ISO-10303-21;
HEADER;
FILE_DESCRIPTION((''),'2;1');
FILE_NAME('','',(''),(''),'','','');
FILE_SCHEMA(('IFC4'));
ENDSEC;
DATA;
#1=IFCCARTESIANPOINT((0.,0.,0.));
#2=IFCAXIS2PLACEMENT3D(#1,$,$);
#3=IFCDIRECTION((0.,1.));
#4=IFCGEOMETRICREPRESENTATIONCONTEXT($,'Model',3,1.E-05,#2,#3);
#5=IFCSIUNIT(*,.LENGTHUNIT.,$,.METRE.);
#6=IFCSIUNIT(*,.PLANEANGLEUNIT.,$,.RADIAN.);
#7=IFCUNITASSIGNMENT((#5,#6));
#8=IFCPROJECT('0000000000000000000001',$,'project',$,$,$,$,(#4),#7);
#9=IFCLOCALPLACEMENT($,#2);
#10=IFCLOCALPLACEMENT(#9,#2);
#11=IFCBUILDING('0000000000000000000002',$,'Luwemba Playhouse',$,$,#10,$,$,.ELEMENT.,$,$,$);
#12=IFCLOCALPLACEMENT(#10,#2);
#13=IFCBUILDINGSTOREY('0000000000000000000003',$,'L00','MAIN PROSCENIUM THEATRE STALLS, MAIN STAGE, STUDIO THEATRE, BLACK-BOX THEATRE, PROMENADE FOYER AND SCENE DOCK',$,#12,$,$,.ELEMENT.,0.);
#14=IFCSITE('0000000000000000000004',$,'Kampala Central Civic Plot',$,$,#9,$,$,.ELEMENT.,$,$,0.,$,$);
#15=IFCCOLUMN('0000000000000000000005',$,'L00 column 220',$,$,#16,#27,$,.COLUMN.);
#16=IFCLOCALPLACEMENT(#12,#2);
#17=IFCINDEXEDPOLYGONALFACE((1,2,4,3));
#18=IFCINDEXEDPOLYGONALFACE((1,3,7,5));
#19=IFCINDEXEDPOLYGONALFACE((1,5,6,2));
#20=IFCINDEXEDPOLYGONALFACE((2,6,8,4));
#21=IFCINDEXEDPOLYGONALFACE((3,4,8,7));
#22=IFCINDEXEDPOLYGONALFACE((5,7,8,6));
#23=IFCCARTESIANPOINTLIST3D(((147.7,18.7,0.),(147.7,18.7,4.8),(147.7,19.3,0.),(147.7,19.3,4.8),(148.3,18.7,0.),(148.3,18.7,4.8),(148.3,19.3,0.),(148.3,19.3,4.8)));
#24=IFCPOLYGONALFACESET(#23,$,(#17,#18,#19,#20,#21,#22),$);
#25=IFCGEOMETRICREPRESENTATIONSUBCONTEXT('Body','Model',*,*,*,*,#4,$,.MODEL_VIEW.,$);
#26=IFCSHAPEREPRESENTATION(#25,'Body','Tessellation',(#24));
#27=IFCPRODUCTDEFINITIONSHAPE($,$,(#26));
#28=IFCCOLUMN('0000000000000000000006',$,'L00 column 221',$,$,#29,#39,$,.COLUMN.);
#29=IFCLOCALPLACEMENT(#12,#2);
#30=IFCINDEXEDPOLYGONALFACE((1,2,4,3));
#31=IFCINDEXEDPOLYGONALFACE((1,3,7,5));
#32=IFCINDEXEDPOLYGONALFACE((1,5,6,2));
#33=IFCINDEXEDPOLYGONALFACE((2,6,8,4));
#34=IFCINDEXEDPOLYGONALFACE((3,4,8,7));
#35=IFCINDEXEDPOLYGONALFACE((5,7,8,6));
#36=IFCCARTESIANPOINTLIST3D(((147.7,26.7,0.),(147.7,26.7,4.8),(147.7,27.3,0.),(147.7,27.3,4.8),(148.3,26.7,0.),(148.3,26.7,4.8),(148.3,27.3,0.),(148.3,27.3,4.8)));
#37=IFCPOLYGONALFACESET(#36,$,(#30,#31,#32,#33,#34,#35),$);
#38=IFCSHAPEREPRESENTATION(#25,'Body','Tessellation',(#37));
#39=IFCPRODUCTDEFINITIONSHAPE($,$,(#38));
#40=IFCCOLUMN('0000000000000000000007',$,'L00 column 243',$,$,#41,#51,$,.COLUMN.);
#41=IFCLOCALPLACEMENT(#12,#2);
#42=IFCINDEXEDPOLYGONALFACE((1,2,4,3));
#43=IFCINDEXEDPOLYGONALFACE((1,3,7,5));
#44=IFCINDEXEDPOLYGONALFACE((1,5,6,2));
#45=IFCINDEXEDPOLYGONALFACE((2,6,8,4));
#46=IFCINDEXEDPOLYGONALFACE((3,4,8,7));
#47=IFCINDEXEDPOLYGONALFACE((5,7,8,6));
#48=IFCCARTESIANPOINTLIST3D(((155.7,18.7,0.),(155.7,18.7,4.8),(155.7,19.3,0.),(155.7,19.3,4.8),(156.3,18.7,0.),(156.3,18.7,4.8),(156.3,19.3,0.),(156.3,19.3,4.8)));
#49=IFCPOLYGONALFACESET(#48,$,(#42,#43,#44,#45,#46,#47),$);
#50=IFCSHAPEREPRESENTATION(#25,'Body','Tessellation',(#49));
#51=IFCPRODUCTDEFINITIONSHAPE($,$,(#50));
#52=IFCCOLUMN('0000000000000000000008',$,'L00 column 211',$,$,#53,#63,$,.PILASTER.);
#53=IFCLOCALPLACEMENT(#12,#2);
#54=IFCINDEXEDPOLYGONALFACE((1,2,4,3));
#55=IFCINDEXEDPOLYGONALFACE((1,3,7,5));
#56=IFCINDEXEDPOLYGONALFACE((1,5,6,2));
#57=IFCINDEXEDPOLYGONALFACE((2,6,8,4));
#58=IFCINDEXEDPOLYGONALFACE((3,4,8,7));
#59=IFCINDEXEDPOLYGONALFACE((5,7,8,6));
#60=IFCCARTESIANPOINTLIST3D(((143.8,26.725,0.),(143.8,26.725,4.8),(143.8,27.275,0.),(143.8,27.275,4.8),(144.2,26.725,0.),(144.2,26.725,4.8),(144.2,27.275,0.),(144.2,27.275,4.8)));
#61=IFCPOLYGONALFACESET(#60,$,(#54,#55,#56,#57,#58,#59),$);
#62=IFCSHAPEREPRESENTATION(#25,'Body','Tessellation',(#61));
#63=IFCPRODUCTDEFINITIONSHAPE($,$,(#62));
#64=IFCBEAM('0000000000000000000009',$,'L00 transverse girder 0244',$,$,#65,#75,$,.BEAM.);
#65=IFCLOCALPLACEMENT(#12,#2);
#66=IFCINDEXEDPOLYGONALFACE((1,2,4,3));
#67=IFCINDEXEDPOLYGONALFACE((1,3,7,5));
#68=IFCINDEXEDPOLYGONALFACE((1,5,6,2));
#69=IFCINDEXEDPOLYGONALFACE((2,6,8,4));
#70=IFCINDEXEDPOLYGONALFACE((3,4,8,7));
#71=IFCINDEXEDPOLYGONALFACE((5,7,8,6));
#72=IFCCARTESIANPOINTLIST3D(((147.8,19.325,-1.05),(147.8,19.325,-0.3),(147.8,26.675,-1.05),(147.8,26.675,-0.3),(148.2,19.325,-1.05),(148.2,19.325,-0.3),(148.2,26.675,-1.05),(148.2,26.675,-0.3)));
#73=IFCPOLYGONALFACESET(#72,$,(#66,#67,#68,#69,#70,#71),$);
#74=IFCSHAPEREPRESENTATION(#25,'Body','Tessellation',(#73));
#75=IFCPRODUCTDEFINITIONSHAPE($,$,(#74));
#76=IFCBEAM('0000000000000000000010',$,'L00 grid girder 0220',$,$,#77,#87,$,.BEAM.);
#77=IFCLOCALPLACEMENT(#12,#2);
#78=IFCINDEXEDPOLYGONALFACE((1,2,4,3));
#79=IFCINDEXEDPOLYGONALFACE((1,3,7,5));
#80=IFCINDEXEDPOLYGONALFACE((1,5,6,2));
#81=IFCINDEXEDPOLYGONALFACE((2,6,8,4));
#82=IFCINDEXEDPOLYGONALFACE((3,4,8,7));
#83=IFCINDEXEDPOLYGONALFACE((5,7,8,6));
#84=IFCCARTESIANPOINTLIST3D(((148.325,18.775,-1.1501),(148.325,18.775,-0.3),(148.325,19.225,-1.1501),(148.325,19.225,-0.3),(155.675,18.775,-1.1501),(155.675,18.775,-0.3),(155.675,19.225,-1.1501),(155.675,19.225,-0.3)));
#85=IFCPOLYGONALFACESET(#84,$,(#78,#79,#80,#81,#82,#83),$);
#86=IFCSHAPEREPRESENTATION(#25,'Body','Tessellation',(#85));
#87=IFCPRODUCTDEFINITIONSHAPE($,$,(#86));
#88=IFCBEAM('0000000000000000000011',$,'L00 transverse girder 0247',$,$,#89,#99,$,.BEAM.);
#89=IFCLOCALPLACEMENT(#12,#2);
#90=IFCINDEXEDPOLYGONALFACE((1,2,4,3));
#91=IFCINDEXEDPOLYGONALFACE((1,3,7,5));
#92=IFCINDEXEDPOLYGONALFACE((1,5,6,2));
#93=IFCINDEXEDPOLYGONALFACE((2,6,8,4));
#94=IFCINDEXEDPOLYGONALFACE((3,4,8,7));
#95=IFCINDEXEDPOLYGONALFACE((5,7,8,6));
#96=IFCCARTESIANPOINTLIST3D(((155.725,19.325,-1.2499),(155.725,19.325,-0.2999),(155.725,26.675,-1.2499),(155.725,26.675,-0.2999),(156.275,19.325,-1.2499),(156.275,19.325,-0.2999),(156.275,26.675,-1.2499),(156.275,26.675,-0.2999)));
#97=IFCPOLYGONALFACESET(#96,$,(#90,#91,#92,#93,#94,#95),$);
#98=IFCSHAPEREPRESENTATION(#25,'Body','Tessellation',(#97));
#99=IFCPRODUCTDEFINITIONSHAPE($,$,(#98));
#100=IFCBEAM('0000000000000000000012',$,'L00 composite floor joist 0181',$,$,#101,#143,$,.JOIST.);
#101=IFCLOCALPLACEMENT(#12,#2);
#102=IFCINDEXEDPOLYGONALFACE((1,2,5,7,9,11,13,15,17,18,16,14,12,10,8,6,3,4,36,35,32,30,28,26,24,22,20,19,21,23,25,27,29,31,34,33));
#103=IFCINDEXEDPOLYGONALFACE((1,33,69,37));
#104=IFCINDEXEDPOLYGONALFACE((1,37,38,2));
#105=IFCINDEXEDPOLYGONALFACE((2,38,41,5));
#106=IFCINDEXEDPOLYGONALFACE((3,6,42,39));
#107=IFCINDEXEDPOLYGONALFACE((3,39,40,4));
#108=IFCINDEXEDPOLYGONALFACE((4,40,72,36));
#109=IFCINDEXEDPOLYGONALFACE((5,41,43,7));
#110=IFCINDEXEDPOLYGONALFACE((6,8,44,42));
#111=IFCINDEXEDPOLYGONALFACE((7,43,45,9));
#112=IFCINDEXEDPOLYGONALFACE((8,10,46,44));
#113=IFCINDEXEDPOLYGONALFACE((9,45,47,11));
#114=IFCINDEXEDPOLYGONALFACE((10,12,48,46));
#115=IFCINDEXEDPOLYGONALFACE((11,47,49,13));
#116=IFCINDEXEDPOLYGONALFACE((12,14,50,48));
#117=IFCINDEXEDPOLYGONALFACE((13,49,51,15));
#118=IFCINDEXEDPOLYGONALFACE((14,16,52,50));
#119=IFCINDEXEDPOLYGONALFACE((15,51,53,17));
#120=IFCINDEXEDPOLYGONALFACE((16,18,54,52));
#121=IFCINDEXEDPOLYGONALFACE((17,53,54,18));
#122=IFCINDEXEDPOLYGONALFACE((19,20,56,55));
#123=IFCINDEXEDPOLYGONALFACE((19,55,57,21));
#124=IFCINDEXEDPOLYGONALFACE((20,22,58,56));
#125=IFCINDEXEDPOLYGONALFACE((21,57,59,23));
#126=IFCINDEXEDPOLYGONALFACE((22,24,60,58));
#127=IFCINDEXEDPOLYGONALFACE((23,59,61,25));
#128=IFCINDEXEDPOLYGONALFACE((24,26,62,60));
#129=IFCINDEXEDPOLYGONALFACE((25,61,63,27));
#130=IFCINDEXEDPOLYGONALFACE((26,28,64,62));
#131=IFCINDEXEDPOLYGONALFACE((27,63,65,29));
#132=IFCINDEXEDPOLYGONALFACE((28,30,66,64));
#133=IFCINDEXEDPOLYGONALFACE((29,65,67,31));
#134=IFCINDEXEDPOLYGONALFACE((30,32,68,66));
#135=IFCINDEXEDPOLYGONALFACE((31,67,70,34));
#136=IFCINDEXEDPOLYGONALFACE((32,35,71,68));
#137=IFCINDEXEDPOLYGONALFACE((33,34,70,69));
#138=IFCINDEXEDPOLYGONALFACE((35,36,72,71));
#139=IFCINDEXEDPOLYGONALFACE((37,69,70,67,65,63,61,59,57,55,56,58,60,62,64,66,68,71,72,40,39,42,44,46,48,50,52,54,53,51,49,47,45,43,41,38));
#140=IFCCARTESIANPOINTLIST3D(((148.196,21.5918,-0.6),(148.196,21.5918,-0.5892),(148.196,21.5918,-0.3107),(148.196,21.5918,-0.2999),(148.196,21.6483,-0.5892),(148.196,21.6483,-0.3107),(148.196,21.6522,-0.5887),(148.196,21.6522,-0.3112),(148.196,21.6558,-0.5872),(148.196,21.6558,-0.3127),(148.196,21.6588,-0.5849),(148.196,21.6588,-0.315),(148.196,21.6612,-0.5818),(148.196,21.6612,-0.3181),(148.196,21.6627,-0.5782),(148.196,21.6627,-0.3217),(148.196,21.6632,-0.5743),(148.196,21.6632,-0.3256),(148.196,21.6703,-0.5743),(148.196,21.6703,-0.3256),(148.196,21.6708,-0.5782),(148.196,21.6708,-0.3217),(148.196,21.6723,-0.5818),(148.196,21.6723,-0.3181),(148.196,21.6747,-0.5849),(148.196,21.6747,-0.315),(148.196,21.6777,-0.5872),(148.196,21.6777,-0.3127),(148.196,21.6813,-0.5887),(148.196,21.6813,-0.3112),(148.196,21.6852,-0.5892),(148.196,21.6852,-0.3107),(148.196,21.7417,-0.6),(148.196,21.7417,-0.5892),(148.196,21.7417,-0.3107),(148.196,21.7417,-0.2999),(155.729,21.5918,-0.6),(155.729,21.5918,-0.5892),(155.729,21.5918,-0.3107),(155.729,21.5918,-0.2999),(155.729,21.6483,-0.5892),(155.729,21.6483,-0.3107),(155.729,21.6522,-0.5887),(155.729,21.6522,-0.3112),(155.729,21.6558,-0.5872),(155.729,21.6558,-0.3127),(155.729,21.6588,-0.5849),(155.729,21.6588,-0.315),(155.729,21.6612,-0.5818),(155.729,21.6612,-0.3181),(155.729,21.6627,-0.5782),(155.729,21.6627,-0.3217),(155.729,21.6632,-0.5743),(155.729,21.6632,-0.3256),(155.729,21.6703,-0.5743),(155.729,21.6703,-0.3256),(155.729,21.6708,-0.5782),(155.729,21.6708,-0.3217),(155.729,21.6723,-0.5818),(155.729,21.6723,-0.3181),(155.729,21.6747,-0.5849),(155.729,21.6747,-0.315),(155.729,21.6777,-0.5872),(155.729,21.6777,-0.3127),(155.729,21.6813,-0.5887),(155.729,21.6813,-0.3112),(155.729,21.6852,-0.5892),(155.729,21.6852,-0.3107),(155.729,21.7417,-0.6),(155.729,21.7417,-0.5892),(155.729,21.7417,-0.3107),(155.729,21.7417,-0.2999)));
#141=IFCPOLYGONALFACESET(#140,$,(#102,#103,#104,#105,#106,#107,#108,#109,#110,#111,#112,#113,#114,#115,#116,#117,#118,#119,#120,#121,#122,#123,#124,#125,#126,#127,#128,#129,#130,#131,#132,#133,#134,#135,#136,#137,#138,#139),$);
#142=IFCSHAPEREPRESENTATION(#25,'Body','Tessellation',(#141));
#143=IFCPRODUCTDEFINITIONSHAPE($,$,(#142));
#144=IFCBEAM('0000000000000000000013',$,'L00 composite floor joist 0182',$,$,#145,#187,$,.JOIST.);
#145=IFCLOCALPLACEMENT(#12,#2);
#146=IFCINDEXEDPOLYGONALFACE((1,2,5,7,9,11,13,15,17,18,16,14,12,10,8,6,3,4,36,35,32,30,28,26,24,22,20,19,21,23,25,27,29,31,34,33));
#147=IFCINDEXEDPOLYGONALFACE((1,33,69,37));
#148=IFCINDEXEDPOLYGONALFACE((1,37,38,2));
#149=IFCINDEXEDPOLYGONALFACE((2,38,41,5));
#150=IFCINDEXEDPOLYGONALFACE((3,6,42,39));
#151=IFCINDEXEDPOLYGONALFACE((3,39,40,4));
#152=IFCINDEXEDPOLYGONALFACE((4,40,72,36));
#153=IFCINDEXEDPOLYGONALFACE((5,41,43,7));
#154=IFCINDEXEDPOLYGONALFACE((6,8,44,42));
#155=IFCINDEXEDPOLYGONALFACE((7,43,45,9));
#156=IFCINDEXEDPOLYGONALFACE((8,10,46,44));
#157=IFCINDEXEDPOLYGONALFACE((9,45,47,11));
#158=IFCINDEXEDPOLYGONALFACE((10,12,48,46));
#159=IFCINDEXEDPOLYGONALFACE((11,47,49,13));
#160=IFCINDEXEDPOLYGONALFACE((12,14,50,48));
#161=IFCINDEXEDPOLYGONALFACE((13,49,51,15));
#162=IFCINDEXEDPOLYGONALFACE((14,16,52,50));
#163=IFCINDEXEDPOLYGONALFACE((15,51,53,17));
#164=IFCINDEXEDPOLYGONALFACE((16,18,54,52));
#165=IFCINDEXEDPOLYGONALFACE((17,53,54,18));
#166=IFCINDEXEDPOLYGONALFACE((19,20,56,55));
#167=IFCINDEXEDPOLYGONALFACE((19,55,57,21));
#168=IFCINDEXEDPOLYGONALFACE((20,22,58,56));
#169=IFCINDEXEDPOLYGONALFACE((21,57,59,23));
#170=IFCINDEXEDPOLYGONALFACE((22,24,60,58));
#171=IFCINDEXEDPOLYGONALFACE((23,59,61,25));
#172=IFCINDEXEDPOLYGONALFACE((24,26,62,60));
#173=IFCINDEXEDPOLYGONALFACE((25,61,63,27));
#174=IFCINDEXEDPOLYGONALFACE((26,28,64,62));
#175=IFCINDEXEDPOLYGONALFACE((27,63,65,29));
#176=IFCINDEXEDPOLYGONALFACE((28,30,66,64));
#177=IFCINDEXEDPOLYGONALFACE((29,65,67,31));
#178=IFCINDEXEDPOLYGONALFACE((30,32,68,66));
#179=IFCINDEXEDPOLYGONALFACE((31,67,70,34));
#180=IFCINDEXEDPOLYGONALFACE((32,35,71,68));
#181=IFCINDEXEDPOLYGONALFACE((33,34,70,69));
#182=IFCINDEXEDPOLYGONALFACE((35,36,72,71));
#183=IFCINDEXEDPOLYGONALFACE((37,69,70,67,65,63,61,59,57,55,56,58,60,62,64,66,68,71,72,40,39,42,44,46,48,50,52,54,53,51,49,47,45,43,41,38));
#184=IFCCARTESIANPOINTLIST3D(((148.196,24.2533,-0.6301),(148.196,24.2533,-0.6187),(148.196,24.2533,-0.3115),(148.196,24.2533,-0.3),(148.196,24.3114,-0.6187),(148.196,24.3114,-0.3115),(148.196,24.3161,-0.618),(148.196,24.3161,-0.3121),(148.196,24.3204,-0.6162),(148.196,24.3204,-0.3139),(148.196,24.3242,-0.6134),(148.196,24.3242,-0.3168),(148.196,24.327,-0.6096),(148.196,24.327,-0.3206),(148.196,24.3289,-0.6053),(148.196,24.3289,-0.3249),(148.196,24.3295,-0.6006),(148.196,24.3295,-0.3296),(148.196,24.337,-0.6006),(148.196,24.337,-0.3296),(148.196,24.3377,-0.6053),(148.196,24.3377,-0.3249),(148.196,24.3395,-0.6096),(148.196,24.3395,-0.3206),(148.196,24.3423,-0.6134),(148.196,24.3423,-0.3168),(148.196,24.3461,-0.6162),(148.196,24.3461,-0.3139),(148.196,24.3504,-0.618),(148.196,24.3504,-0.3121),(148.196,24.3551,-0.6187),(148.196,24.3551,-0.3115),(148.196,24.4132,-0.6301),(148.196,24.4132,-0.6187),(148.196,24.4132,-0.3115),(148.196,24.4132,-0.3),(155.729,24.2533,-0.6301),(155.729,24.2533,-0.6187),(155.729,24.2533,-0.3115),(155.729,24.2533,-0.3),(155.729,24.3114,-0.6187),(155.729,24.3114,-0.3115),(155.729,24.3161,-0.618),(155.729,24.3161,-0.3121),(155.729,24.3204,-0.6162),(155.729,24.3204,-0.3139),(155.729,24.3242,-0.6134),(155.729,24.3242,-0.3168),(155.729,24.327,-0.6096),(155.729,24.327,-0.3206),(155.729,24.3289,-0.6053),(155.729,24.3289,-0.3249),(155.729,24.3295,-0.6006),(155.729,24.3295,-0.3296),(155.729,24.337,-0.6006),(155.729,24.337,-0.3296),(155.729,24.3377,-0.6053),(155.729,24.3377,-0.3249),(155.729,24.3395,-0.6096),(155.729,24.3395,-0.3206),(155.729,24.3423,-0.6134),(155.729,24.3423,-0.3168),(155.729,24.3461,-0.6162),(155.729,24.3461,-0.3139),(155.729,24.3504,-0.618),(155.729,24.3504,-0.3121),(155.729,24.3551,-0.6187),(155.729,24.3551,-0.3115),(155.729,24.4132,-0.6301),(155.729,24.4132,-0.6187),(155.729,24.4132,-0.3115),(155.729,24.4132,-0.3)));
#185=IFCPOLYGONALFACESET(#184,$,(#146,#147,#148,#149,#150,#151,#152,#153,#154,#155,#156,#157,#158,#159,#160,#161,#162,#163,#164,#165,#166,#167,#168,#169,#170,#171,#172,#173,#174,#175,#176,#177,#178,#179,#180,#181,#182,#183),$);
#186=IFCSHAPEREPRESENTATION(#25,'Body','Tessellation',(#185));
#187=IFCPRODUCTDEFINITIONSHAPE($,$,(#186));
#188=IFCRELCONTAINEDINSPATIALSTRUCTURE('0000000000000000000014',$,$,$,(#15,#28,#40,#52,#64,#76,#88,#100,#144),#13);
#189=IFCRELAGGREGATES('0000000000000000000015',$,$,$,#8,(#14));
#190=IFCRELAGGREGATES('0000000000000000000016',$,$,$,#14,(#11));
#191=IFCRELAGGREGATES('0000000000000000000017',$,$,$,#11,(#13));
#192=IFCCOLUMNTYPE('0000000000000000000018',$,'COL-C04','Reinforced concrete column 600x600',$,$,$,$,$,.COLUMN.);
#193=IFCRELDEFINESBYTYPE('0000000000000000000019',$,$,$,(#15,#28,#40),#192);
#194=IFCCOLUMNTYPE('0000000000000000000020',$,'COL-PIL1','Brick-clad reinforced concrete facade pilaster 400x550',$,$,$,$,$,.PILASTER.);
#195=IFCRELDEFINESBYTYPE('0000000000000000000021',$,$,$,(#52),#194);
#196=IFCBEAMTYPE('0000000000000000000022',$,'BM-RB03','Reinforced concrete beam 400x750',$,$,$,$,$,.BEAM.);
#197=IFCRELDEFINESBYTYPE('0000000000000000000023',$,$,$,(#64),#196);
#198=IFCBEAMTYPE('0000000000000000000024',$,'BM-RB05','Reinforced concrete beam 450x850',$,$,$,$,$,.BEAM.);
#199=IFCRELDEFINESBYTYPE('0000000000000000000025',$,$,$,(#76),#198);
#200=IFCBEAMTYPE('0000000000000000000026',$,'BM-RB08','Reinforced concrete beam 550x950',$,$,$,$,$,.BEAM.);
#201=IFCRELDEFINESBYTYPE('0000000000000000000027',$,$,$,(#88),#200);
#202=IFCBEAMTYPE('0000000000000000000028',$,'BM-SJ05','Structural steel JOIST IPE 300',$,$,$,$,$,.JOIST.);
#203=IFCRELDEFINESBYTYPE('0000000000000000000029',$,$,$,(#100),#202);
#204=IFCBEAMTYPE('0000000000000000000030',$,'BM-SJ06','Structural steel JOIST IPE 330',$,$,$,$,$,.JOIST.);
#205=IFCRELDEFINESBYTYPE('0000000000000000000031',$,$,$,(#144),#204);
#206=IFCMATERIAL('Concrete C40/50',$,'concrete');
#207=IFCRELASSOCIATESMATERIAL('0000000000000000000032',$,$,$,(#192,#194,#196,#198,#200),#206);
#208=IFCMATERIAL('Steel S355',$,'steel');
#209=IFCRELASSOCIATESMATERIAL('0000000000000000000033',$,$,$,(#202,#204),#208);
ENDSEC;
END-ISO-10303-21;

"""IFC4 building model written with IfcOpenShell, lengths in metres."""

from ifc_helpers import new_model, si_unit, direction, frame, origin, origin_2d, place, context, subcontext, project, spatial, rectangle, i_section, extrude, material, material_profile, profile_set, type_object, element, save


model = new_model("IFC4")

# Units and contexts
model_context = context("Model", 3, precision=1e-05, world=origin(), true_north=direction((0.0, 1.0)))
body_context = subcontext(model_context, "Body", "Model", "MODEL_VIEW")
ifc_project = project(units=[si_unit("LENGTHUNIT", "METRE"), si_unit("PLANEANGLEUNIT", "RADIAN")], contexts=[model_context])

# Site, building, storey
site_placement = place(None, origin())
site = spatial("IfcSite", under=ifc_project, at=site_placement, Name="Kampala Central Civic Plot", CompositionType="ELEMENT", RefElevation=0.0)
building_placement = place(site_placement, origin())
building = spatial("IfcBuilding", under=site, at=building_placement, Name="Luwemba Playhouse", CompositionType="ELEMENT")
storey_placement = place(building_placement, origin())
storey = spatial("IfcBuildingStorey", under=building, at=storey_placement, Name="L00", Description="MAIN PROSCENIUM THEATRE STALLS, MAIN STAGE, STUDIO THEATRE, BLACK-BOX THEATRE, PROMENADE FOYER AND SCENE DOCK", CompositionType="ELEMENT", Elevation=0.0)

# Columns
ifc_material_1 = material(Name="Concrete C40/50", Category="concrete")
ifc_material_profile_1 = material_profile(ifc_material_1, rectangle(XDim=0.6001, YDim=0.6001, at=origin_2d()))
ifc_profile_set_1 = profile_set([ifc_material_profile_1], Name="Concrete C40/50")
column_type_1 = type_object("IfcColumnType", Name="COL-C04", Description="Reinforced concrete column 600x600", PredefinedType="COLUMN", material=ifc_profile_set_1)
for number, where, z_axis, x_axis, name in (
    (1, (148.0, 19.0, 0.0), (0.0, 0.0, 1.0), (1.0, 0.0, 0.0), "L00 column 220"),
    (2, (148.0, 27.0, 0.0), (0.0, 0.0, 1.0), (1.0, 0.0, 0.0), "L00 column 221"),
    (3, (156.0, 19.0, 0.0), (0.0, 0.0, 1.0), (1.0, 0.0, 0.0), "L00 column 243"),
):
    element("IfcColumn", number, at=place(storey_placement, frame(where, z_axis=z_axis, x_axis=x_axis)), inside=storey, type_object=column_type_1, Name=name, PredefinedType="COLUMN", context=body_context, shape_type="SweptSolid", body=[
        extrude(rectangle(XDim=0.6001, YDim=0.6001, at=origin_2d()), origin(), (0.0, 0.0, 1.0), 4.8),
    ])
ifc_material_profile_2 = material_profile(ifc_material_1, rectangle(XDim=0.3999, YDim=0.55, at=origin_2d()))
ifc_profile_set_2 = profile_set([ifc_material_profile_2], Name="Concrete C40/50")
column_type_2 = type_object("IfcColumnType", Name="COL-PIL1", Description="Brick-clad reinforced concrete facade pilaster 400x550", PredefinedType="PILASTER", material=ifc_profile_set_2)
column_placement = place(storey_placement, frame((144.0, 27.0, 0.0), z_axis=(0.0, 0.0, 1.0), x_axis=(1.0, 0.0, 0.0)))
element("IfcColumn", 4, at=column_placement, inside=storey, type_object=column_type_2, Name="L00 column 211", PredefinedType="PILASTER", context=body_context, shape_type="SweptSolid", body=[
    extrude(rectangle(XDim=0.3999, YDim=0.55, at=origin_2d()), origin(), (0.0, 0.0, 1.0), 4.8),
])

# Beams
ifc_material_profile_3 = material_profile(ifc_material_1, rectangle(XDim=0.3999, YDim=0.75, at=origin_2d()))
ifc_profile_set_3 = profile_set([ifc_material_profile_3], Name="Concrete C40/50")
beam_type_1 = type_object("IfcBeamType", Name="BM-RB03", Description="Reinforced concrete beam 400x750", PredefinedType="BEAM", material=ifc_profile_set_3)
beam_1_placement = place(storey_placement, frame((148.0, 19.325, -0.675), z_axis=(0.0, 1.0, 0.0), x_axis=(-1.0, 0.0, 0.0)))
element("IfcBeam", 5, at=beam_1_placement, inside=storey, type_object=beam_type_1, Name="L00 transverse girder 0244", PredefinedType="BEAM", context=body_context, shape_type="SweptSolid", body=[
    extrude(rectangle(XDim=0.3999, YDim=0.75, at=origin_2d()), origin(), (0.0, 0.0, 1.0), 7.3501),
])
ifc_material_profile_4 = material_profile(ifc_material_1, rectangle(XDim=0.45, YDim=0.8501, at=origin_2d()))
ifc_profile_set_4 = profile_set([ifc_material_profile_4], Name="Concrete C40/50")
beam_type_2 = type_object("IfcBeamType", Name="BM-RB05", Description="Reinforced concrete beam 450x850", PredefinedType="BEAM", material=ifc_profile_set_4)
beam_2_placement = place(storey_placement, frame((148.325, 19.0, -0.7251), z_axis=(1.0, 0.0, 0.0), x_axis=(0.0, 1.0, 0.0)))
element("IfcBeam", 6, at=beam_2_placement, inside=storey, type_object=beam_type_2, Name="L00 grid girder 0220", PredefinedType="BEAM", context=body_context, shape_type="SweptSolid", body=[
    extrude(rectangle(XDim=0.45, YDim=0.8501, at=origin_2d()), origin(), (0.0, 0.0, 1.0), 7.3501),
])
ifc_material_profile_5 = material_profile(ifc_material_1, rectangle(XDim=0.55, YDim=0.95, at=origin_2d()))
ifc_profile_set_5 = profile_set([ifc_material_profile_5], Name="Concrete C40/50")
beam_type_3 = type_object("IfcBeamType", Name="BM-RB08", Description="Reinforced concrete beam 550x950", PredefinedType="BEAM", material=ifc_profile_set_5)
beam_3_placement = place(storey_placement, frame((156.0, 19.325, -0.7749), z_axis=(0.0, 1.0, 0.0), x_axis=(-1.0, 0.0, 0.0)))
element("IfcBeam", 7, at=beam_3_placement, inside=storey, type_object=beam_type_3, Name="L00 transverse girder 0247", PredefinedType="BEAM", context=body_context, shape_type="SweptSolid", body=[
    extrude(rectangle(XDim=0.55, YDim=0.95, at=origin_2d()), origin(), (0.0, 0.0, 1.0), 7.3501),
])
ifc_material_2 = material(Name="Steel S355", Category="steel")
ifc_material_profile_6 = material_profile(ifc_material_2, i_section(OverallWidth=0.1499, OverallDepth=0.3, WebThickness=0.0071, FlangeThickness=0.0107, FilletRadius=0.0149, at=origin_2d()))
ifc_profile_set_6 = profile_set([ifc_material_profile_6], Name="Steel S355")
beam_type_4 = type_object("IfcBeamType", Name="BM-SJ05", Description="Structural steel JOIST IPE 300", PredefinedType="JOIST", material=ifc_profile_set_6)
beam_4_placement = place(storey_placement, frame((148.196, 21.6667, -0.45), z_axis=(1.0, 0.0, 0.0), x_axis=(0.0, 1.0, 0.0)))
element("IfcBeam", 8, at=beam_4_placement, inside=storey, type_object=beam_type_4, Name="L00 composite floor joist 0181", PredefinedType="JOIST", context=body_context, shape_type="SweptSolid", body=[
    extrude(i_section(OverallWidth=0.1499, OverallDepth=0.3, WebThickness=0.0071, FlangeThickness=0.0107, FilletRadius=0.0149, at=origin_2d()), origin(), (0.0, 0.0, 1.0), 7.533),
])
ifc_material_profile_7 = material_profile(ifc_material_2, i_section(OverallWidth=0.1599, OverallDepth=0.3301, WebThickness=0.0076, FlangeThickness=0.0115, FilletRadius=0.0181, at=origin_2d()))
ifc_profile_set_7 = profile_set([ifc_material_profile_7], Name="Steel S355")
beam_type_5 = type_object("IfcBeamType", Name="BM-SJ06", Description="Structural steel JOIST IPE 330", PredefinedType="JOIST", material=ifc_profile_set_7)
beam_5_placement = place(storey_placement, frame((148.196, 24.3333, -0.4651), z_axis=(1.0, 0.0, 0.0), x_axis=(0.0, 1.0, 0.0)))
element("IfcBeam", 9, at=beam_5_placement, inside=storey, type_object=beam_type_5, Name="L00 composite floor joist 0182", PredefinedType="JOIST", context=body_context, shape_type="SweptSolid", body=[
    extrude(i_section(OverallWidth=0.1599, OverallDepth=0.3301, WebThickness=0.0076, FlangeThickness=0.0115, FilletRadius=0.0181, at=origin_2d()), origin(), (0.0, 0.0, 1.0), 7.533),
])

save(model, "model.ifc")
